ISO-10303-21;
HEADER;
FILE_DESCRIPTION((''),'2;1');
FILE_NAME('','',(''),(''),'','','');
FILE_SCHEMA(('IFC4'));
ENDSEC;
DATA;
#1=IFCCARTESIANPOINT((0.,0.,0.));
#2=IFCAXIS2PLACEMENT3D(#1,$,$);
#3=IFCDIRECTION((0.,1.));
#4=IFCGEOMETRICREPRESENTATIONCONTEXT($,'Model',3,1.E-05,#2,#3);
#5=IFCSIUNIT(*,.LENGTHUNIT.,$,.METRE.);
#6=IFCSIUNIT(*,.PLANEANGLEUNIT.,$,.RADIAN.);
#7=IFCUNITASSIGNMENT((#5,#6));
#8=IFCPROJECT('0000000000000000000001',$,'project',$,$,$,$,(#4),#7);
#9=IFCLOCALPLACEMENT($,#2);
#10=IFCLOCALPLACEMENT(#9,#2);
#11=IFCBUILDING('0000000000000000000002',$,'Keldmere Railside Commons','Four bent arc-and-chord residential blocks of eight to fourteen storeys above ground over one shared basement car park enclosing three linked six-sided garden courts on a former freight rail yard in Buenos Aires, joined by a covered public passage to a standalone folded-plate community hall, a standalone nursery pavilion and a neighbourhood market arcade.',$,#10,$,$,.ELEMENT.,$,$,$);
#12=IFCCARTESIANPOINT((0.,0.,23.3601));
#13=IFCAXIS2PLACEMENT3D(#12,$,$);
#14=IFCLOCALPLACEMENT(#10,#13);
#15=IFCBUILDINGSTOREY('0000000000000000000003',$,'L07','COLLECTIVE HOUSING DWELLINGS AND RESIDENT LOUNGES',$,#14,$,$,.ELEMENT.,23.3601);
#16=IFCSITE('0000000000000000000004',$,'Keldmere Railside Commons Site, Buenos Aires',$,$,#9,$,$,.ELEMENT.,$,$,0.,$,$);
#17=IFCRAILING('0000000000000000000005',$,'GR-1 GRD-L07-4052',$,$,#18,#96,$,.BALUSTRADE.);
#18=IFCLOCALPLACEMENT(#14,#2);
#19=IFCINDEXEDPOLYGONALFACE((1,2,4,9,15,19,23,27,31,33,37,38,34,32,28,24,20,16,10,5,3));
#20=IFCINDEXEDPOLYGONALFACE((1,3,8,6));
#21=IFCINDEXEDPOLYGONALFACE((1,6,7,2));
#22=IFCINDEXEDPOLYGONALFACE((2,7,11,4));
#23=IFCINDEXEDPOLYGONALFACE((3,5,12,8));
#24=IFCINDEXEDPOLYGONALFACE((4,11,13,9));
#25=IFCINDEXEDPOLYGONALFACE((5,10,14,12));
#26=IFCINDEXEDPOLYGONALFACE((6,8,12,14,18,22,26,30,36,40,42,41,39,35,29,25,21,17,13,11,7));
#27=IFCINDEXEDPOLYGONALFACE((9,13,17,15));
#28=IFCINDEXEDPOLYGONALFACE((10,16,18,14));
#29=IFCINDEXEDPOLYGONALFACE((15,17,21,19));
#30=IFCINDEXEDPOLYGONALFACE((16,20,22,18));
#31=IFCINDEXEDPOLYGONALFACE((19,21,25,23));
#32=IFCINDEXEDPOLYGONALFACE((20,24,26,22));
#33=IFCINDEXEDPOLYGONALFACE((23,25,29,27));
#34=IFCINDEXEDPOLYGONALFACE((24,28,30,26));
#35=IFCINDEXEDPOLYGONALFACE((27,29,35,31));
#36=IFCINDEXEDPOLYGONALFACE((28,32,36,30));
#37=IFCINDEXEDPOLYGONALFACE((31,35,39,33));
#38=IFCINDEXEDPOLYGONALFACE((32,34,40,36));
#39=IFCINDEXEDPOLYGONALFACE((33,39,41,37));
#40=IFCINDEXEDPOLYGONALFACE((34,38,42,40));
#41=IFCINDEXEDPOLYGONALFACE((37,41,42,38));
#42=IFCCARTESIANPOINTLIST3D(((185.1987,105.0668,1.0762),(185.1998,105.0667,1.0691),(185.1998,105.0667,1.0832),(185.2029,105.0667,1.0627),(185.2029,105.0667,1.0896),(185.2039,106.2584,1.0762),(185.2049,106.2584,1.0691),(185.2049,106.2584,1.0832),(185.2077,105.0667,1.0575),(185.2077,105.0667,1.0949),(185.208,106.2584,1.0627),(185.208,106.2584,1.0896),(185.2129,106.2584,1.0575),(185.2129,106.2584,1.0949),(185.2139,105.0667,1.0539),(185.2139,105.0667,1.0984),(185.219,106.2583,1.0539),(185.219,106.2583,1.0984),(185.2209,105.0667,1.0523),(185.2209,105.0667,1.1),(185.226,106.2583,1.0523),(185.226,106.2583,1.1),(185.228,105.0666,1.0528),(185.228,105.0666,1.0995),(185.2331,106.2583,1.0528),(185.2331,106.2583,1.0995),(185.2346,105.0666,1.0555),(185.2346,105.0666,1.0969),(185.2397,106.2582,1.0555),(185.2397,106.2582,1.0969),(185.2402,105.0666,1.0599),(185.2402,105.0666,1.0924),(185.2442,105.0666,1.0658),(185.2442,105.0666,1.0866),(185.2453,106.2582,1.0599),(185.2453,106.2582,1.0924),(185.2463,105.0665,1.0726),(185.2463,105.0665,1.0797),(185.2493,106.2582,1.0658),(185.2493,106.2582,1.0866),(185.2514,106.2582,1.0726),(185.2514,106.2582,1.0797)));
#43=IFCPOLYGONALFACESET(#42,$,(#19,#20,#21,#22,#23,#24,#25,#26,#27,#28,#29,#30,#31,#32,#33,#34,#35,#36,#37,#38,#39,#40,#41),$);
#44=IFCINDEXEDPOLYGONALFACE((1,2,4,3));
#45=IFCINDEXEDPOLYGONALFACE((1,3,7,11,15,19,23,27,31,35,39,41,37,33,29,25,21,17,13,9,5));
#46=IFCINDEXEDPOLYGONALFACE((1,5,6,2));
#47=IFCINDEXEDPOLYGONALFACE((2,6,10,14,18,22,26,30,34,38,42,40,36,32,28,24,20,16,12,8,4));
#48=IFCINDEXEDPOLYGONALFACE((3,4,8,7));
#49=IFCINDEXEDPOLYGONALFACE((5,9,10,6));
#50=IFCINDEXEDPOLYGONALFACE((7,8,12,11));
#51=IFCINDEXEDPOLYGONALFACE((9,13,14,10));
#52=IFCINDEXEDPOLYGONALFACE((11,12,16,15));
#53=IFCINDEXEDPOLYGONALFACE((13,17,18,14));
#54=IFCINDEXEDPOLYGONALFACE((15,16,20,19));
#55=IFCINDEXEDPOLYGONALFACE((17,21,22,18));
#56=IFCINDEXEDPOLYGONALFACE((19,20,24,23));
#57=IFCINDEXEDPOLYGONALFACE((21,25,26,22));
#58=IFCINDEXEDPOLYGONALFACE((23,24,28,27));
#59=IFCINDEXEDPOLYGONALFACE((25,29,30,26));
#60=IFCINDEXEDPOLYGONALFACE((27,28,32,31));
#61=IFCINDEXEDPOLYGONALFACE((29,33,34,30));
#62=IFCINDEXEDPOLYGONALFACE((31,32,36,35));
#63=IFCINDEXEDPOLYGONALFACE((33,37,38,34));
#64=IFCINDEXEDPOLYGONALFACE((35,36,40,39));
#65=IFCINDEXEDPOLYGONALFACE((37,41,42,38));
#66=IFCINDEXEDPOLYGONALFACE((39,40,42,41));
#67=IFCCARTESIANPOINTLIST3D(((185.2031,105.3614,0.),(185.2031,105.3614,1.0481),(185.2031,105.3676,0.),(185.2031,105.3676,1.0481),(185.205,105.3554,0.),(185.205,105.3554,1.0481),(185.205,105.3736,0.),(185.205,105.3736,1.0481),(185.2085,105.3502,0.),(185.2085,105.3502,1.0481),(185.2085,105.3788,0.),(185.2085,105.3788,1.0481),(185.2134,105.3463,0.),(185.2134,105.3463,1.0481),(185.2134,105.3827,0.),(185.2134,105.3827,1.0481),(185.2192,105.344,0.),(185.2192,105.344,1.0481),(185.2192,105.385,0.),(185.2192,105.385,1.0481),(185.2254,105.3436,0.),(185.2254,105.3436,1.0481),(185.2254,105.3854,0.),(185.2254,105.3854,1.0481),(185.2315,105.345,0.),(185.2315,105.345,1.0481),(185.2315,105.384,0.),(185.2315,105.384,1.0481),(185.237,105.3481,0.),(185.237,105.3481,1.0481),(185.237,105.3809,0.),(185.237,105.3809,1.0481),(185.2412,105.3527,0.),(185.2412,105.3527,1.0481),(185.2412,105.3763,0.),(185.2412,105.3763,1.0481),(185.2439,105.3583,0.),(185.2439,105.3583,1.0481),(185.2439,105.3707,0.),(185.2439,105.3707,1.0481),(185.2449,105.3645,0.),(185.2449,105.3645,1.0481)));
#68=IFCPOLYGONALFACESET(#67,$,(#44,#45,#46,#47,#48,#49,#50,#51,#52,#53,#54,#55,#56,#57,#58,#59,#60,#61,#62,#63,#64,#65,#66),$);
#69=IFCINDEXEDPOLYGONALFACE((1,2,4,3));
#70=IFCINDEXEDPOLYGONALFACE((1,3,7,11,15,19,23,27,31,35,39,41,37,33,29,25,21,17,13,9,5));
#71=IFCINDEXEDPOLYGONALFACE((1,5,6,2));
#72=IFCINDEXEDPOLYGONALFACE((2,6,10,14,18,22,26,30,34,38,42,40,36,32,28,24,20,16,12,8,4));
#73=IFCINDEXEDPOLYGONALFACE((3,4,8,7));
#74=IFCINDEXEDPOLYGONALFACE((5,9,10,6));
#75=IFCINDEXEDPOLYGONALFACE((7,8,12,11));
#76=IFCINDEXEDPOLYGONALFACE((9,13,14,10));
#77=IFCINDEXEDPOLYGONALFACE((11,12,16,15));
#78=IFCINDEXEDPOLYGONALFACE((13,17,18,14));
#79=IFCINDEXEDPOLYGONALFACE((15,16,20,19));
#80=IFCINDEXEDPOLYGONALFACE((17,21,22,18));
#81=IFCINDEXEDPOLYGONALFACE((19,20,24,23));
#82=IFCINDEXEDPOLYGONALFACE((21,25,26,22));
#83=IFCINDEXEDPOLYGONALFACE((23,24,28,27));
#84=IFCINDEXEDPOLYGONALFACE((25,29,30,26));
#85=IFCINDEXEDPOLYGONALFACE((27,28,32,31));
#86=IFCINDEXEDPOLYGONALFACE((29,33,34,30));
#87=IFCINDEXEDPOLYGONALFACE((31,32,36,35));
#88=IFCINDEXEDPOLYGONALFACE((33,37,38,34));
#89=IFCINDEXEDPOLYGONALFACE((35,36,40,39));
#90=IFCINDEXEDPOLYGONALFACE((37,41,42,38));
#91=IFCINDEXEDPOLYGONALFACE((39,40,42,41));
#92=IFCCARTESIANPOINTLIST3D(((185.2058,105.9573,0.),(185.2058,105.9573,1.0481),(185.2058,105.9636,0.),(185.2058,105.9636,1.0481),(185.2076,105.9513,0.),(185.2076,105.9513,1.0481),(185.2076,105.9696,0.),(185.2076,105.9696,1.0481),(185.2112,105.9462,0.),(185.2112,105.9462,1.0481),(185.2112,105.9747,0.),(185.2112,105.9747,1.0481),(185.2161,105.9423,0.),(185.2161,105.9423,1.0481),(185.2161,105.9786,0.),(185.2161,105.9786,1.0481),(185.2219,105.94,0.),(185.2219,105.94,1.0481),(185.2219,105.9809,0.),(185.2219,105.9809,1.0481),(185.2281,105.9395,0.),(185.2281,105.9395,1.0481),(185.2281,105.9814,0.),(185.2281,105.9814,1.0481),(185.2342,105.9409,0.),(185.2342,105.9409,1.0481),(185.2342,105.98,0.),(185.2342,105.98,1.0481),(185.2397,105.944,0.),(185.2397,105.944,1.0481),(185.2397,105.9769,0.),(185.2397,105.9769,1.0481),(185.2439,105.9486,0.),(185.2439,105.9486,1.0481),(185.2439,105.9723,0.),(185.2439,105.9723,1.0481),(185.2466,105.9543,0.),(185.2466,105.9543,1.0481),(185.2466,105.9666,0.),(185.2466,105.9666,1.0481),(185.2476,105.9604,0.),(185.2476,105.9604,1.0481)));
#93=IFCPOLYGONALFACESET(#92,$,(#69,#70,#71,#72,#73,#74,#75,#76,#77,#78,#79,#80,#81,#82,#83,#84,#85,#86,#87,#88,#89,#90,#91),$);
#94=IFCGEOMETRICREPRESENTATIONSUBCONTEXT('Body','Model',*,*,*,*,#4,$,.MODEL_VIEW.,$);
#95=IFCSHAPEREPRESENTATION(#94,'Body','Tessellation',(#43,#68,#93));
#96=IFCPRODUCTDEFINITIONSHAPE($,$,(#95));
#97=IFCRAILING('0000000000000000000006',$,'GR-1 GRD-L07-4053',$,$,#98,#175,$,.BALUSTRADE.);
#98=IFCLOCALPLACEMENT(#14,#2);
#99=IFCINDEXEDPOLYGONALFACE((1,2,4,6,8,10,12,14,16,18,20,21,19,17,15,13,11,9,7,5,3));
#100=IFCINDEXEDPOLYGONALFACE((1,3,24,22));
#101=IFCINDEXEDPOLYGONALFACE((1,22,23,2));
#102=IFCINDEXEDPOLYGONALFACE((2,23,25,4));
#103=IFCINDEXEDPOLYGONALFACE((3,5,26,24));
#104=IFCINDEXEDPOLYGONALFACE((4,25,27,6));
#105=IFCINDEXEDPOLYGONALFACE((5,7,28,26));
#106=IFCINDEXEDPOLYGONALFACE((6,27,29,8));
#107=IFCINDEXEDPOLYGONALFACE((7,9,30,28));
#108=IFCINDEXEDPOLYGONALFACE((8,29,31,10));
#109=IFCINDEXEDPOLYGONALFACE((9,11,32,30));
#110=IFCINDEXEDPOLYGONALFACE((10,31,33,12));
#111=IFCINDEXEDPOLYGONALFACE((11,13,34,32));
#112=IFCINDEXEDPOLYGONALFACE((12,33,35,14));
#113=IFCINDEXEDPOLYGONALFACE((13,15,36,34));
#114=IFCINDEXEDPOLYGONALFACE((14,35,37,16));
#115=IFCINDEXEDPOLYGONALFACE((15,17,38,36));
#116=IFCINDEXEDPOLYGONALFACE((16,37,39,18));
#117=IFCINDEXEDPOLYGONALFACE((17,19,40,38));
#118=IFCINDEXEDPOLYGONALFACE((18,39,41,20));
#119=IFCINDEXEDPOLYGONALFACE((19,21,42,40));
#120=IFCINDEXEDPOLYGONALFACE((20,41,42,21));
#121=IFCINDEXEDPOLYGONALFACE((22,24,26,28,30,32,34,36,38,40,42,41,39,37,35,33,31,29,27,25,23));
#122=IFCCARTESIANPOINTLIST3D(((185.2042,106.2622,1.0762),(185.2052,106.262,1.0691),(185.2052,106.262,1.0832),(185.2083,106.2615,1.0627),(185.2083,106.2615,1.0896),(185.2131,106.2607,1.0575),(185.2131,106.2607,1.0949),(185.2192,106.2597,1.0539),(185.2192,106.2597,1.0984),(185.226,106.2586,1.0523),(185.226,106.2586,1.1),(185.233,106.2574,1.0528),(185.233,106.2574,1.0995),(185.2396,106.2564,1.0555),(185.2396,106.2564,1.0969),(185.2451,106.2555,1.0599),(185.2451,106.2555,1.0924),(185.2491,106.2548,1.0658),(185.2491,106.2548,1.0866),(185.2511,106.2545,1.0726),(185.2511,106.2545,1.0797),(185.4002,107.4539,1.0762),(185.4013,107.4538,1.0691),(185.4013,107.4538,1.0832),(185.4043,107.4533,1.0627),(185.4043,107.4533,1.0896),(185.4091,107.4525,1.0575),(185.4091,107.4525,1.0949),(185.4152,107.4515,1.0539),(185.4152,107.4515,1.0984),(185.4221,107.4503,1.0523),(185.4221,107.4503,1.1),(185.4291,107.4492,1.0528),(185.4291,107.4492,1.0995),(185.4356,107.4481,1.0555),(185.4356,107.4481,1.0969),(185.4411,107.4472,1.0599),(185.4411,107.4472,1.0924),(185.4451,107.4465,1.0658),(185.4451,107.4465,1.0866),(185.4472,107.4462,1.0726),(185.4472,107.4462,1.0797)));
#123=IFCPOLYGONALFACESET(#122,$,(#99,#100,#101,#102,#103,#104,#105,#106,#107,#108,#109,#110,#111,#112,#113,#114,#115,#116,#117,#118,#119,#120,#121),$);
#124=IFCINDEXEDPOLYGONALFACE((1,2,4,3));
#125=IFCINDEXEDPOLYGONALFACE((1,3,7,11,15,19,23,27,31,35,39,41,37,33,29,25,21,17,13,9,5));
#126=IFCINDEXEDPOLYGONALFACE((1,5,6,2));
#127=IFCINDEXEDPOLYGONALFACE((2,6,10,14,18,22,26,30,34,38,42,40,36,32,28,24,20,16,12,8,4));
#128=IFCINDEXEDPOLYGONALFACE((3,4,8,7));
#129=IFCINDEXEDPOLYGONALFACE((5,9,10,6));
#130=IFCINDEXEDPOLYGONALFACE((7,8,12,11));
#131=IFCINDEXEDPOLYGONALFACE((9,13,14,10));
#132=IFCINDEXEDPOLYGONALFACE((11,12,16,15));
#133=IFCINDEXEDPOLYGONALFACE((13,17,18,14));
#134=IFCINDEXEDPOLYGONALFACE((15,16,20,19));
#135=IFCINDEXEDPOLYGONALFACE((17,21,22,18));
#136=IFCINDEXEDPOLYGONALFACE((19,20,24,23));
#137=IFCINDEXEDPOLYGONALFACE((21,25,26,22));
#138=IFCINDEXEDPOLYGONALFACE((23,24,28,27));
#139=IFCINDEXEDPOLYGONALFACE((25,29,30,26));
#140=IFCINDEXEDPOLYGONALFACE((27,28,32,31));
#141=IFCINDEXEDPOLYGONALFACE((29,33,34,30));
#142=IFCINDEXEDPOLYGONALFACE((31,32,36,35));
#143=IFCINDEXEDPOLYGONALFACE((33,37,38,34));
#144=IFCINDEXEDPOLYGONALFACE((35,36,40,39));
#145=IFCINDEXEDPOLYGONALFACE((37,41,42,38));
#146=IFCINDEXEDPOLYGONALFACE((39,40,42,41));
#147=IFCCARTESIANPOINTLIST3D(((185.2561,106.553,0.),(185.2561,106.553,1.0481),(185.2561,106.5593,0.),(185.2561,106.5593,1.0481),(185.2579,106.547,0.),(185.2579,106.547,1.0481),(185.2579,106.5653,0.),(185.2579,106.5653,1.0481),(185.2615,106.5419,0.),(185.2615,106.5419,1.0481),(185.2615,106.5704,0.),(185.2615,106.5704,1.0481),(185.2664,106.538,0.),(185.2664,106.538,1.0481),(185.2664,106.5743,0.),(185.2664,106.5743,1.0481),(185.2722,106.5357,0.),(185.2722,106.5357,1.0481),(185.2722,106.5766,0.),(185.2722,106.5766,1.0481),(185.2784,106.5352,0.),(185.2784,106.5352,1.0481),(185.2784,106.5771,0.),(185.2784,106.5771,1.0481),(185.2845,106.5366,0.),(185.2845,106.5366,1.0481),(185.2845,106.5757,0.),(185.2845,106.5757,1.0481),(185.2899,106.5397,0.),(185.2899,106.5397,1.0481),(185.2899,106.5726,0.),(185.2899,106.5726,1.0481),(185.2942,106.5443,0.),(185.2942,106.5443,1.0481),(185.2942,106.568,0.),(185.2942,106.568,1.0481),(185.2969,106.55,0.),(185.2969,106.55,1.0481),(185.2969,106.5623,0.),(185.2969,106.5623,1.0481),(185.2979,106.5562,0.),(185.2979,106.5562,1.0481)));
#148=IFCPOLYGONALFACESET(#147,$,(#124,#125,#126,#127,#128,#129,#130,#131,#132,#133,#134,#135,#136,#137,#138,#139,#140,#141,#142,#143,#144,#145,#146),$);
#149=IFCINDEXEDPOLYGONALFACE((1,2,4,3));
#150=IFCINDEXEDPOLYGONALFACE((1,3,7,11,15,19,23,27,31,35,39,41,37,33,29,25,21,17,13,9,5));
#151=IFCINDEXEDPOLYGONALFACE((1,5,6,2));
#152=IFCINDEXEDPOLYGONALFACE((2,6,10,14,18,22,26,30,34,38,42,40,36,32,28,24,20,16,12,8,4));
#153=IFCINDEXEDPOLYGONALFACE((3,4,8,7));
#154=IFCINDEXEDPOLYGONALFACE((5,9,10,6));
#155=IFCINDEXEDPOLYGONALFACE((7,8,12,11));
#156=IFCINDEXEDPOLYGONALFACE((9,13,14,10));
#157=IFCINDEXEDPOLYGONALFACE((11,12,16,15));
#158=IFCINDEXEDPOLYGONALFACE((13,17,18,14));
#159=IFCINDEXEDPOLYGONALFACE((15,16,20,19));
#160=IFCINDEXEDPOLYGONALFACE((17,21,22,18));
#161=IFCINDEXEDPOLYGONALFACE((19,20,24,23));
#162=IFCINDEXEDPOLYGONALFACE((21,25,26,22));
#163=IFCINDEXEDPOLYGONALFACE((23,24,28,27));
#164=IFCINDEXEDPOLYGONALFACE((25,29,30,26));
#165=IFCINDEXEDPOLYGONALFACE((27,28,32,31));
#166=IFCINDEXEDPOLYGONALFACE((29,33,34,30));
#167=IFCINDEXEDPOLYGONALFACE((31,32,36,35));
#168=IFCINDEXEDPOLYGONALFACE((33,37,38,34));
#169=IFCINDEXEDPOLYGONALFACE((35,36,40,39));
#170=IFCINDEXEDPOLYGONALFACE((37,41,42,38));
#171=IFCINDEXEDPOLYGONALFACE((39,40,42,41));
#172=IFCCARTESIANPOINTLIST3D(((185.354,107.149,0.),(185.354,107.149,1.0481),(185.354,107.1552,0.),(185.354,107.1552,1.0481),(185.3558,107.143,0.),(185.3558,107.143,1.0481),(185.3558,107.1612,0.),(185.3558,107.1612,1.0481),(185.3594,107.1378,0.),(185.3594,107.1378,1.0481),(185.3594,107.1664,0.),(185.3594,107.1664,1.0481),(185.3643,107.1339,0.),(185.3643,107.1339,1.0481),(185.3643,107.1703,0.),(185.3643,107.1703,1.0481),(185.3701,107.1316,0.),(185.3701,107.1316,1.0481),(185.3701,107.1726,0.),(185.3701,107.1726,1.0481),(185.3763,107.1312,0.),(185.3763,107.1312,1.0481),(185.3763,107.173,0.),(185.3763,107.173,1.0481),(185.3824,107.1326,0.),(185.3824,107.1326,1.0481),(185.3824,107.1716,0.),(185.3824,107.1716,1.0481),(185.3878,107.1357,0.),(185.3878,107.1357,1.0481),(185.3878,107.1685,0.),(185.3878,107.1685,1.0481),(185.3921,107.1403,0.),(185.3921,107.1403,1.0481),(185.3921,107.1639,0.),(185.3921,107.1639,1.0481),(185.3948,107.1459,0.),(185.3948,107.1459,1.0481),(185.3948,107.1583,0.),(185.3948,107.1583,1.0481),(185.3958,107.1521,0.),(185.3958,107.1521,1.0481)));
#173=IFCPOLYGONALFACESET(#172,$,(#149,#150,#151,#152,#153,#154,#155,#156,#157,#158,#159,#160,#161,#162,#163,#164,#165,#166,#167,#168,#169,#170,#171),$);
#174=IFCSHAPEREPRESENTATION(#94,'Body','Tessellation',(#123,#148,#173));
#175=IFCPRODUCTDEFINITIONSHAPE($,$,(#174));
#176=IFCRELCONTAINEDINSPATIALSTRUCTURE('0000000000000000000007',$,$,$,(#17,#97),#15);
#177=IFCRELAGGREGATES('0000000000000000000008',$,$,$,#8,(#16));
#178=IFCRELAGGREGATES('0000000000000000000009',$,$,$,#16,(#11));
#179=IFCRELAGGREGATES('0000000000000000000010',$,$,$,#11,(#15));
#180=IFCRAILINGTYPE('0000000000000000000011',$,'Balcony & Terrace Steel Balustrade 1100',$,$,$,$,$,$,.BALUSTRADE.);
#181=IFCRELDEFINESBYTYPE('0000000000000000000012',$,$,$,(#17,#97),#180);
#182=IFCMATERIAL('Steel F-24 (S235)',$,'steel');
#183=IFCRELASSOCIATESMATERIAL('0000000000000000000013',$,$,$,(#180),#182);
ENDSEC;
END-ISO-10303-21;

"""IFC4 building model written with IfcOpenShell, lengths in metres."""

from ifc_helpers import new_model, si_unit, direction, frame, origin, origin_2d, place, context, subcontext, project, spatial, circle, extrude, material, type_object, element, save


model = new_model("IFC4")

# Units and contexts
model_context = context("Model", 3, precision=1e-05, world=origin(), true_north=direction((0.0, 1.0)))
body_context = subcontext(model_context, "Body", "Model", "MODEL_VIEW")
ifc_project = project(units=[si_unit("LENGTHUNIT", "METRE"), si_unit("PLANEANGLEUNIT", "RADIAN")], contexts=[model_context])

# Site, building, storey
site_placement = place(None, origin())
site = spatial("IfcSite", under=ifc_project, at=site_placement, Name="Keldmere Railside Commons Site, Buenos Aires", CompositionType="ELEMENT", RefElevation=0.0)
building_placement = place(site_placement, origin())
building = spatial("IfcBuilding", under=site, at=building_placement, Name="Keldmere Railside Commons", Description="Four bent arc-and-chord residential blocks of eight to fourteen storeys above ground over one shared basement car park enclosing three linked six-sided garden courts on a former freight rail yard in Buenos Aires, joined by a covered public passage to a standalone folded-plate community hall, a standalone nursery pavilion and a neighbourhood market arcade.", CompositionType="ELEMENT")
storey_placement = place(building_placement, frame((0.0, 0.0, 23.3601)))
storey = spatial("IfcBuildingStorey", under=building, at=storey_placement, Name="L07", Description="COLLECTIVE HOUSING DWELLINGS AND RESIDENT LOUNGES", CompositionType="ELEMENT", Elevation=23.3601)

# Railings
ifc_material_1 = material(Name="Steel F-24 (S235)", Category="steel")
railing_type = type_object("IfcRailingType", Name="Balcony & Terrace Steel Balustrade 1100", PredefinedType="BALUSTRADE", material=ifc_material_1)
railing_1_placement = place(storey_placement, frame((185.2227, 105.0667, 0.0)))
element("IfcRailing", 1, at=railing_1_placement, inside=storey, type_object=railing_type, Name="GR-1 GRD-L07-4052", PredefinedType="BALUSTRADE", context=body_context, shape_type="SweptSolid", body=[
    extrude(circle(Radius=0.0239, at=origin_2d()), frame((0.0, 0.0, 1.0762), z_axis=(0.004302, 0.999991, 0.0), x_axis=(-0.999991, 0.004302, 0.0)), (0.0, 0.0, 1.0), 1.1917),
    extrude(circle(Radius=0.021, at=origin_2d()), frame((0.0012, 0.2979, 0.0)), (0.0, 0.0, 1.0), 1.0481),
    extrude(circle(Radius=0.021, at=origin_2d()), frame((0.0039, 0.8938, 0.0)), (0.0, 0.0, 1.0), 1.0481),
])
railing_2_placement = place(storey_placement, frame((185.2278, 106.2583, 0.0)))
element("IfcRailing", 2, at=railing_2_placement, inside=storey, type_object=railing_type, Name="GR-1 GRD-L07-4053", PredefinedType="BALUSTRADE", context=body_context, shape_type="SweptSolid", body=[
    extrude(circle(Radius=0.0239, at=origin_2d()), frame((0.0, 0.0, 1.0762), z_axis=(0.162333, 0.986736, 0.0), x_axis=(-0.986736, 0.162333, 0.0)), (0.0, 0.0, 1.0), 1.2078),
    extrude(circle(Radius=0.021, at=origin_2d()), frame((0.0491, 0.2979, 0.0)), (0.0, 0.0, 1.0), 1.0481),
    extrude(circle(Radius=0.021, at=origin_2d()), frame((0.147, 0.8938, 0.0)), (0.0, 0.0, 1.0), 1.0481),
])

save(model, "model.ifc")
